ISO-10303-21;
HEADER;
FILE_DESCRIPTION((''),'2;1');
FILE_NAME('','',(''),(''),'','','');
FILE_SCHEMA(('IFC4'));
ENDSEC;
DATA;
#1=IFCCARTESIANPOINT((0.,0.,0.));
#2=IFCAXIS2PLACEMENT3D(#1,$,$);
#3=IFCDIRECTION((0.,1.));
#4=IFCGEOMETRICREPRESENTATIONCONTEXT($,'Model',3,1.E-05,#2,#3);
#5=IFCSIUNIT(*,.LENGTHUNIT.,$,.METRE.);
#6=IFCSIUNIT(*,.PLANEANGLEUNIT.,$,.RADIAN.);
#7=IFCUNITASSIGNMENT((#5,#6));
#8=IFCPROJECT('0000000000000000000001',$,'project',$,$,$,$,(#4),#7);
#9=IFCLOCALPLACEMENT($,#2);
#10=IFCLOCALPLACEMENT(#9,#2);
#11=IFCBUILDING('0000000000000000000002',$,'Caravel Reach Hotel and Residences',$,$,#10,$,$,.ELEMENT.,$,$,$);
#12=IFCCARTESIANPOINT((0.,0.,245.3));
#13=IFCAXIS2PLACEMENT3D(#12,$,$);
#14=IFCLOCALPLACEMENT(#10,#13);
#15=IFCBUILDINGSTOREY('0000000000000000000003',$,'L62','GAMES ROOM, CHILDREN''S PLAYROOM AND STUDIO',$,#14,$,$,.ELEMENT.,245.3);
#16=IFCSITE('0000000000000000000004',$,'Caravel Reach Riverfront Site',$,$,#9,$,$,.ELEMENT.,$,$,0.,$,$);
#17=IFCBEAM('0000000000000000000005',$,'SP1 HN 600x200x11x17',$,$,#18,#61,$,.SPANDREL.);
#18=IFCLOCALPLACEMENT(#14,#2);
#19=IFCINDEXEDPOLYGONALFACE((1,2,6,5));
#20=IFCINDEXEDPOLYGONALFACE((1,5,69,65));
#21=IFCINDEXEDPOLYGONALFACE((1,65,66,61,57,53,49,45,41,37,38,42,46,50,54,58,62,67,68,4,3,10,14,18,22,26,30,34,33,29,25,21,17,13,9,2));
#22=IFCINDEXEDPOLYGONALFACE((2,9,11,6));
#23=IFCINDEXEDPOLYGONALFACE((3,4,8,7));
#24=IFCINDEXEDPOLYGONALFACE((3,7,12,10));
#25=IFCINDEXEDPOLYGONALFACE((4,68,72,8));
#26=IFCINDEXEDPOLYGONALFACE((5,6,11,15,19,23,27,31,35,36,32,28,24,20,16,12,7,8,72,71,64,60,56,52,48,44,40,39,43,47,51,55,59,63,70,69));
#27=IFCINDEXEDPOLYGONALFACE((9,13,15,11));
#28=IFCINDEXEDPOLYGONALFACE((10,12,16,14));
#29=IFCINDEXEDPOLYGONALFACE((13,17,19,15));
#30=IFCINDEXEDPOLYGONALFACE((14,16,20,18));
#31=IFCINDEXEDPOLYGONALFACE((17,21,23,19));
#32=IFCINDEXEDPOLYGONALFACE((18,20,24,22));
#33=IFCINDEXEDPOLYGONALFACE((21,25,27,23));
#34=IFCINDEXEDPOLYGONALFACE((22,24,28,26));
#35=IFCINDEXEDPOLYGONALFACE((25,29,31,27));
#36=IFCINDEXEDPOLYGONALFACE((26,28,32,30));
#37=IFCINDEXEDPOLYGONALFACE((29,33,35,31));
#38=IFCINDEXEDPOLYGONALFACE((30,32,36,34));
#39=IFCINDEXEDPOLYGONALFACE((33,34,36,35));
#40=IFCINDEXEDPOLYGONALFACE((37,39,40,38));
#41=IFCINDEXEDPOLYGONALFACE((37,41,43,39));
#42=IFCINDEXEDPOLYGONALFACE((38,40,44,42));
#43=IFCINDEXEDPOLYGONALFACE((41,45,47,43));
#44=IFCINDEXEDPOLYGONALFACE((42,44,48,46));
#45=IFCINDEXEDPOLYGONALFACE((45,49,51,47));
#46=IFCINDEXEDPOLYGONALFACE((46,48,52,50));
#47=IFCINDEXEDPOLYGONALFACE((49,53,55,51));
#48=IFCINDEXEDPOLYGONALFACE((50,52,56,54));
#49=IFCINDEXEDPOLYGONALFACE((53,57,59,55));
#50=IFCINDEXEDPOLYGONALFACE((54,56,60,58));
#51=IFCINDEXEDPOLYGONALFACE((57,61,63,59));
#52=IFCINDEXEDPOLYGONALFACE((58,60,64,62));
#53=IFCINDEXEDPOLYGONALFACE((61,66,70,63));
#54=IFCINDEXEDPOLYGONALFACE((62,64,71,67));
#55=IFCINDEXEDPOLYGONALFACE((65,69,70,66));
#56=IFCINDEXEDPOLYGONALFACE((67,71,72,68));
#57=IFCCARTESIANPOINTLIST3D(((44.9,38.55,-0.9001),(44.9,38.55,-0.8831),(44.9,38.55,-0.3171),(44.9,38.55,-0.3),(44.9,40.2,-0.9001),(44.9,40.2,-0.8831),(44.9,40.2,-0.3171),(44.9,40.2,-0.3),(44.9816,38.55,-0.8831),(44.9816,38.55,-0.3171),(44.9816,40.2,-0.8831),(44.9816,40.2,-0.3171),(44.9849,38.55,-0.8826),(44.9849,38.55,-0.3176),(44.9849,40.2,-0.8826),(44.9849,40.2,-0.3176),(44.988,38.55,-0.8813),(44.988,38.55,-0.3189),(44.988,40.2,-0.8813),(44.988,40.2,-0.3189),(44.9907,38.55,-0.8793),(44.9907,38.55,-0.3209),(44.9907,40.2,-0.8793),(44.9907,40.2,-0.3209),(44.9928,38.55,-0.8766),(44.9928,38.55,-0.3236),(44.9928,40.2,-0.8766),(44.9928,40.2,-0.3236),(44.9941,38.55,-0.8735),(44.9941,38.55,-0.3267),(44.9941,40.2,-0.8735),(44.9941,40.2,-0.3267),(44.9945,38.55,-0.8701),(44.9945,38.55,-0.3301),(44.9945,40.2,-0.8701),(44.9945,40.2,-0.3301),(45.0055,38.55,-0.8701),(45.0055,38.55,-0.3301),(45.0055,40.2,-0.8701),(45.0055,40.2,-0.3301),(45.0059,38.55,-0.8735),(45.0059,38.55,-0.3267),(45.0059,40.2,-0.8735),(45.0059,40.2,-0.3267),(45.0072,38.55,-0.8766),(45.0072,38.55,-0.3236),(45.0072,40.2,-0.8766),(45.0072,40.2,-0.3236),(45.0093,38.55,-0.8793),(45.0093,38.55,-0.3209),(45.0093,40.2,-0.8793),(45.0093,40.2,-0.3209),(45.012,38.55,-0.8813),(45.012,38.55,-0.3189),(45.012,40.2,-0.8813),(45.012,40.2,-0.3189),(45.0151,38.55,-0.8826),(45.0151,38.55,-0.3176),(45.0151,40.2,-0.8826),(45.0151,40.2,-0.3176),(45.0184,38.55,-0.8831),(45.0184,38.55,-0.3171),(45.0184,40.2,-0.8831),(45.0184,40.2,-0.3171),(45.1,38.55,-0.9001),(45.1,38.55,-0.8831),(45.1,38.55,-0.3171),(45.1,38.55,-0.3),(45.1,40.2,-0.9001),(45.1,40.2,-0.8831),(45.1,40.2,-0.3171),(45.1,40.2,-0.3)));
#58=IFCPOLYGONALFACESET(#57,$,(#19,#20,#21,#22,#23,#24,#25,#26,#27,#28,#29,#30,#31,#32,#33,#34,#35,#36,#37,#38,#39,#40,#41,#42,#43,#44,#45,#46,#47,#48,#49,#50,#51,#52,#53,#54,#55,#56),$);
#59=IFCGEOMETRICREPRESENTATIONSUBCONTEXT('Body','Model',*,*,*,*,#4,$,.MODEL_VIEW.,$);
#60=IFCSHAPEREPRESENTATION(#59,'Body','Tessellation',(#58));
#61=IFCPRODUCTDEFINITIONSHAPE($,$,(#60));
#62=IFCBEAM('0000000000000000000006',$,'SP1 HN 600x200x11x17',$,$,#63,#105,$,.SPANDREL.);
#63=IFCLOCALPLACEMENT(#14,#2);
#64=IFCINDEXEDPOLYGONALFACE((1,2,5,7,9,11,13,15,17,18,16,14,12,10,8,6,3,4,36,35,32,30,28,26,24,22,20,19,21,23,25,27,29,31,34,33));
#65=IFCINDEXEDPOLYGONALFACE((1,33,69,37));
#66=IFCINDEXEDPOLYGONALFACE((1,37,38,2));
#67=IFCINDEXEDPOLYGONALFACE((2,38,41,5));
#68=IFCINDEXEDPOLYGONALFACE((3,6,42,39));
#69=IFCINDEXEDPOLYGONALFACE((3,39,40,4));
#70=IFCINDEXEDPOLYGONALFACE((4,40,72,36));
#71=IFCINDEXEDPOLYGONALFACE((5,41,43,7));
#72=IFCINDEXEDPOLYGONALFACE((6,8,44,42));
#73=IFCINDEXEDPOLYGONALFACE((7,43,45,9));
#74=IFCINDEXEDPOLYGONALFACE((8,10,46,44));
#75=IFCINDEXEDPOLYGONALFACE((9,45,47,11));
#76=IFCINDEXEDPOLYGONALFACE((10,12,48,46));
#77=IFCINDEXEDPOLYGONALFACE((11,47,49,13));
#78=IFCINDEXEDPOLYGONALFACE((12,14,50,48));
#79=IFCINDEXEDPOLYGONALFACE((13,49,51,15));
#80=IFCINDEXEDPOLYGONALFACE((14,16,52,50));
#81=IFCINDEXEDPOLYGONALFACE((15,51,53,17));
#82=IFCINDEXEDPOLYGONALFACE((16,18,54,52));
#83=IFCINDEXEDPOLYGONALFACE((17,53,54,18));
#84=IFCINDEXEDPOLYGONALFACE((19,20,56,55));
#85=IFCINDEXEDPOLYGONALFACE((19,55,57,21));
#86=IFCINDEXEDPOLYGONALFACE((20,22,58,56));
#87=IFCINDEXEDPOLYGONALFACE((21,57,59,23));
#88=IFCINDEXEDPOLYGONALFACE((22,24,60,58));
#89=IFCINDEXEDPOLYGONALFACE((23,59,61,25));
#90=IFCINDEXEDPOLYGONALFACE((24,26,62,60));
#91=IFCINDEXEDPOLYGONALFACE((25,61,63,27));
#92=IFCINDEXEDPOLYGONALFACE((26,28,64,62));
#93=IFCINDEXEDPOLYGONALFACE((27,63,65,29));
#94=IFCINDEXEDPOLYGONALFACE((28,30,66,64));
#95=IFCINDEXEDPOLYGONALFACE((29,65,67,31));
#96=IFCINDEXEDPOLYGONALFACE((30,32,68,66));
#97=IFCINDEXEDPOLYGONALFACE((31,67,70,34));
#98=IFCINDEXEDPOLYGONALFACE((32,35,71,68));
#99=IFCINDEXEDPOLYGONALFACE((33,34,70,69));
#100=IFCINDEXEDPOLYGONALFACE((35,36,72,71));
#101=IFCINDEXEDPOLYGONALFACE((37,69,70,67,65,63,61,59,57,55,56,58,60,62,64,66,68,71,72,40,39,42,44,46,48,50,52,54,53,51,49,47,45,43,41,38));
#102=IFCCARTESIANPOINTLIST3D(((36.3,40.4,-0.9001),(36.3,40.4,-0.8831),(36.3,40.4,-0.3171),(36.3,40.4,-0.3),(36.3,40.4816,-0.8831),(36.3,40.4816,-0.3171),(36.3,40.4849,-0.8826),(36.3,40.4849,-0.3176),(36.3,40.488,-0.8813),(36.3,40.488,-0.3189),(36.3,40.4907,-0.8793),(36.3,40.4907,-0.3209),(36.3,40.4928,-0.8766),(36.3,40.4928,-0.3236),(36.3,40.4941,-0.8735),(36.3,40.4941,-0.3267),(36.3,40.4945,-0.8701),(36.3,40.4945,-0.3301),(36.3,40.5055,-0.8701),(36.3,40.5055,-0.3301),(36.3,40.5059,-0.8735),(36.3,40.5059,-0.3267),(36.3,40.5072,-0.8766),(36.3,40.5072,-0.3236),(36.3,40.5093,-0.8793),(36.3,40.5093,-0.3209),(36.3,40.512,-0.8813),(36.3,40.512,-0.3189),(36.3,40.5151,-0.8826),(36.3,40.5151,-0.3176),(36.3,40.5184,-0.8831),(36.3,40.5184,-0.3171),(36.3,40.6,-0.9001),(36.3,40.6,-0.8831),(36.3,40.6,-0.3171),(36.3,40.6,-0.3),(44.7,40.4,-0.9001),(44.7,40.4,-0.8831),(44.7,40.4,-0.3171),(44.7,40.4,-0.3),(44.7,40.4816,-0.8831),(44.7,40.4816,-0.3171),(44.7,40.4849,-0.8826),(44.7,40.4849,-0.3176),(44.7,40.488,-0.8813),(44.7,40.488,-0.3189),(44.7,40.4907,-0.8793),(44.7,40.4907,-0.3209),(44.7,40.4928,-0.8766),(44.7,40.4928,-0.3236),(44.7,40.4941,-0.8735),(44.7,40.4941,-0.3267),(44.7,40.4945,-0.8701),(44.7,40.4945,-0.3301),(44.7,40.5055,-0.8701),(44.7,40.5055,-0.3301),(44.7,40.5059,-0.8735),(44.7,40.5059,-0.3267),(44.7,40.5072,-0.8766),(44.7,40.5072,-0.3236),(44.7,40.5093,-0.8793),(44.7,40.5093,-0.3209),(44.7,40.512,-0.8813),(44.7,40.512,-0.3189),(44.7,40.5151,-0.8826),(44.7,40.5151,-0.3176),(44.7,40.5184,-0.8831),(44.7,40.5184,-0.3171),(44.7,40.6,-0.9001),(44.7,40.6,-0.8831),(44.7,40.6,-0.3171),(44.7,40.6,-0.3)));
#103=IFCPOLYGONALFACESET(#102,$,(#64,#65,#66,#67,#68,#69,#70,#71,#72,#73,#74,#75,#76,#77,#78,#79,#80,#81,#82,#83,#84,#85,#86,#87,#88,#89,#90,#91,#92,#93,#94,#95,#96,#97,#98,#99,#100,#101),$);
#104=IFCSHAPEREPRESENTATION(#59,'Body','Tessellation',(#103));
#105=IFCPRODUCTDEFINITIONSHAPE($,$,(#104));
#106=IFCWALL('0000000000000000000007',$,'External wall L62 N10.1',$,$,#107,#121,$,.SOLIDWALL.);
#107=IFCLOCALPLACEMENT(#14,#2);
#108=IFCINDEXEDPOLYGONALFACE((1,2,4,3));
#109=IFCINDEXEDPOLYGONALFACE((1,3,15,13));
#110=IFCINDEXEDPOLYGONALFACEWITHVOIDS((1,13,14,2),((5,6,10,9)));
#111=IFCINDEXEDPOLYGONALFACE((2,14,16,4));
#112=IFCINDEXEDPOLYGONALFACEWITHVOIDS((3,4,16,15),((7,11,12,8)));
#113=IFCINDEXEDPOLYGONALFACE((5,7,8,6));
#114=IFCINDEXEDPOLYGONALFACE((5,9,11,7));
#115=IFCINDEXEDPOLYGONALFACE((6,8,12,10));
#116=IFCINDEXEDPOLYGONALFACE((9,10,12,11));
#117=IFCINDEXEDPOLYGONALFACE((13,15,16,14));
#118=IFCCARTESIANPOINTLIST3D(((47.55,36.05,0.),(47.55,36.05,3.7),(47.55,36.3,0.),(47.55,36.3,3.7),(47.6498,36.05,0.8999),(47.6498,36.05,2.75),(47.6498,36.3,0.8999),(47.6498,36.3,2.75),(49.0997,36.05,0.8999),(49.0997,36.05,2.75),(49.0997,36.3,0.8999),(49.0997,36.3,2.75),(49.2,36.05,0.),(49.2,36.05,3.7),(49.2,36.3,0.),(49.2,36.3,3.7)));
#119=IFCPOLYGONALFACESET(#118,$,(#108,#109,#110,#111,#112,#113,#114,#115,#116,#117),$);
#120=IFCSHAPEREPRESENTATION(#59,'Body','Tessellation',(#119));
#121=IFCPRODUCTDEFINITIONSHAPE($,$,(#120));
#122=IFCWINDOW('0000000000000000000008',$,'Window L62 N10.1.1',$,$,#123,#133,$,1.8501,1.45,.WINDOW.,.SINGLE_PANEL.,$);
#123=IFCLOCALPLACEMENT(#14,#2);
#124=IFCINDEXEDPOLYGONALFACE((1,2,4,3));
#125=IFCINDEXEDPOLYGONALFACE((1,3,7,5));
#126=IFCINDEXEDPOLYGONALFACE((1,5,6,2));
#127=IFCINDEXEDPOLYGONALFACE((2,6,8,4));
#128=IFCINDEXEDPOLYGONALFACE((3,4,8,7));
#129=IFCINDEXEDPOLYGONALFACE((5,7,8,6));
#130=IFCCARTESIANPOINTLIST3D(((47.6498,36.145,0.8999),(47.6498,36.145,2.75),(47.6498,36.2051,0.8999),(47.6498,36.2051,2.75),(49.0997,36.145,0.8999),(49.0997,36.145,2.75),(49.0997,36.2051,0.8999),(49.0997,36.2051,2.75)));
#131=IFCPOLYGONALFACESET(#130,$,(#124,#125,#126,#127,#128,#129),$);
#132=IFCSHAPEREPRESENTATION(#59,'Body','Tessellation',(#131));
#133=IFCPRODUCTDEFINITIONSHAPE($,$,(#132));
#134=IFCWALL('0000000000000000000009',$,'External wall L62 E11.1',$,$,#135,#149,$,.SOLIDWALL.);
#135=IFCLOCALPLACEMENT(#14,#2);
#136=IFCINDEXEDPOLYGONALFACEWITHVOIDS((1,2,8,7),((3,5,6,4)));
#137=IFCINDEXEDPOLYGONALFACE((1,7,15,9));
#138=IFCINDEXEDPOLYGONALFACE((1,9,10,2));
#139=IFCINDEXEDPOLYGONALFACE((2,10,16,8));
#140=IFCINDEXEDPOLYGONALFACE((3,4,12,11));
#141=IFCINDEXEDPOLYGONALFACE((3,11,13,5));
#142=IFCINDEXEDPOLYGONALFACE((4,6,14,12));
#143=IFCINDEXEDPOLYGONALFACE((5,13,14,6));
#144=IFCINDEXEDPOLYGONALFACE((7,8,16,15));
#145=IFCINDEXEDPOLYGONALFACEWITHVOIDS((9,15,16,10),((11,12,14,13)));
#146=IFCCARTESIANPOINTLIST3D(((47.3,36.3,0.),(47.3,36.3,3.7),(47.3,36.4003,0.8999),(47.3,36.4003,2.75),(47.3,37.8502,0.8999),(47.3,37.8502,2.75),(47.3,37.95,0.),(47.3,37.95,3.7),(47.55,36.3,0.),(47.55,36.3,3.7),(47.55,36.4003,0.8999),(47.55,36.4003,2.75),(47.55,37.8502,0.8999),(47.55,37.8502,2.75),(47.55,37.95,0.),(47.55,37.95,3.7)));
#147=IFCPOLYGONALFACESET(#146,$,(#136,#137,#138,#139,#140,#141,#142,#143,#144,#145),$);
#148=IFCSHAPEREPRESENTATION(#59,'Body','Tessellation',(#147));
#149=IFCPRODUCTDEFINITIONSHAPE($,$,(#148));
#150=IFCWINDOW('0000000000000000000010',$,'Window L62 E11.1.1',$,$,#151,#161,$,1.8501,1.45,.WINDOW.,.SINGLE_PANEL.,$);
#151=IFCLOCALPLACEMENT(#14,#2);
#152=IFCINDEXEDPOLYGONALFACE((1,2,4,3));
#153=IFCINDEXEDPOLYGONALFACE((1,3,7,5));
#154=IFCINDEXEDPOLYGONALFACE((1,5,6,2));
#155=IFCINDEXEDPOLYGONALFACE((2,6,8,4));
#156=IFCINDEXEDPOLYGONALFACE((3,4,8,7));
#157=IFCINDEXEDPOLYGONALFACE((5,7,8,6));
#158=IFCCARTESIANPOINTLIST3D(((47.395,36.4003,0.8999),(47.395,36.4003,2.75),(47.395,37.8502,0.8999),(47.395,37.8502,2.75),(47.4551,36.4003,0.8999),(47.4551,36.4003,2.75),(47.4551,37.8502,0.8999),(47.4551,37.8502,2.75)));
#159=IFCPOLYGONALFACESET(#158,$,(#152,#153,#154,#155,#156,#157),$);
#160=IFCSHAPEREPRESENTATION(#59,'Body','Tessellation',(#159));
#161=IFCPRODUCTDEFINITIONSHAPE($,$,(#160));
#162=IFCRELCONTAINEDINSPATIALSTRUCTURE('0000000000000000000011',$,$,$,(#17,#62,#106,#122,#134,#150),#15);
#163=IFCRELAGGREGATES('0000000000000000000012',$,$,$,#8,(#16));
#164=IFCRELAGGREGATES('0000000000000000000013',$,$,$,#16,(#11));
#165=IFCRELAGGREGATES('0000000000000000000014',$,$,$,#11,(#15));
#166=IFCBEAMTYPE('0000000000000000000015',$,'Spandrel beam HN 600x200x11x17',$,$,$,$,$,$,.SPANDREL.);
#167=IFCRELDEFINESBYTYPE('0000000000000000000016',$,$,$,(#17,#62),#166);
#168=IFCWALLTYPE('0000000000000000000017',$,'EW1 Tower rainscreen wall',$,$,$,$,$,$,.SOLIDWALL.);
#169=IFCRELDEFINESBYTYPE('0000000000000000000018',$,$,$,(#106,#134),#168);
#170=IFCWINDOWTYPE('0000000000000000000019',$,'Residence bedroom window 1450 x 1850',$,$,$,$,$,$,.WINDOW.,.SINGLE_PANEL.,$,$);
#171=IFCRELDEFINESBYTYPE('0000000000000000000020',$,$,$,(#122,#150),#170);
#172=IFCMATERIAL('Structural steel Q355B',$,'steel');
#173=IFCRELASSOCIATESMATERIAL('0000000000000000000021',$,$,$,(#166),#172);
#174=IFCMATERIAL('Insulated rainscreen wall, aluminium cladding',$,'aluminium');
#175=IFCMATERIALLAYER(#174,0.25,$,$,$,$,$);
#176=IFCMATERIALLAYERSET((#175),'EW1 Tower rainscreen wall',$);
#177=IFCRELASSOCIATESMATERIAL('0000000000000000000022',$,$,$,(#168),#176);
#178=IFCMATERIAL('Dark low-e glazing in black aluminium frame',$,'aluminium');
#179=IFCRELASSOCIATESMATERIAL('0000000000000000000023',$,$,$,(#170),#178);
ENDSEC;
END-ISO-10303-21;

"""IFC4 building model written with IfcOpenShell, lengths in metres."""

from ifc_helpers import new_model, si_unit, direction, frame, frame_2d, origin, origin_2d, place, context, subcontext, project, spatial, rectangle, i_section, extrude, material, layer, layer_set, material_profile, profile_set, type_object, element, fill, save


model = new_model("IFC4")

# Units and contexts
model_context = context("Model", 3, precision=1e-05, world=origin(), true_north=direction((0.0, 1.0)))
body_context = subcontext(model_context, "Body", "Model", "MODEL_VIEW")
ifc_project = project(units=[si_unit("LENGTHUNIT", "METRE"), si_unit("PLANEANGLEUNIT", "RADIAN")], contexts=[model_context])

# Site, building, storey
site_placement = place(None, origin())
site = spatial("IfcSite", under=ifc_project, at=site_placement, Name="Caravel Reach Riverfront Site", CompositionType="ELEMENT", RefElevation=0.0)
building_placement = place(site_placement, origin())
building = spatial("IfcBuilding", under=site, at=building_placement, Name="Caravel Reach Hotel and Residences", CompositionType="ELEMENT")
storey_placement = place(building_placement, frame((0.0, 0.0, 245.3)))
storey = spatial("IfcBuildingStorey", under=building, at=storey_placement, Name="L62", Description="GAMES ROOM, CHILDREN'S PLAYROOM AND STUDIO", CompositionType="ELEMENT", Elevation=245.3)

# Beams
ifc_material_1 = material(Name="Structural steel Q355B", Category="steel")
ifc_material_profile_1 = material_profile(ifc_material_1, i_section(OverallWidth=0.2, OverallDepth=0.6001, WebThickness=0.011, FlangeThickness=0.0171, FilletRadius=0.0129, at=origin_2d()), Name="HN 600x200x11x17")
ifc_profile_set_1 = profile_set([ifc_material_profile_1], Name="Structural steel Q355B")
beam_type = type_object("IfcBeamType", Name="Spandrel beam HN 600x200x11x17", PredefinedType="SPANDREL", material=ifc_profile_set_1)
for number, where, z_axis, x_axis, name in (
    (1, (45.0, 38.55, -0.6001), (0.0, 1.0, 0.0), (-1.0, 0.0, 0.0), "SP1 HN 600x200x11x17"),
):
    element("IfcBeam", number, at=place(storey_placement, frame(where, z_axis=z_axis, x_axis=x_axis)), inside=storey, type_object=beam_type, Name=name, PredefinedType="SPANDREL", context=body_context, shape_type="SweptSolid", body=[
        extrude(i_section(OverallWidth=0.2, OverallDepth=0.6001, WebThickness=0.011, FlangeThickness=0.0171, FilletRadius=0.0129, at=origin_2d()), origin(), (0.0, 0.0, 1.0), 1.6499),
    ])
beam_placement = place(storey_placement, frame((44.7, 40.5, -0.6001), z_axis=(-1.0, 0.0, 0.0), x_axis=(0.0, -1.0, 0.0)))
element("IfcBeam", 2, at=beam_placement, inside=storey, type_object=beam_type, Name="SP1 HN 600x200x11x17", PredefinedType="SPANDREL", context=body_context, shape_type="SweptSolid", body=[
    extrude(i_section(OverallWidth=0.2, OverallDepth=0.6001, WebThickness=0.011, FlangeThickness=0.0171, FilletRadius=0.0129, at=origin_2d()), origin(), (0.0, 0.0, 1.0), 8.3999),
])

# Walls, openings, windows
ifc_material_2 = material(Name="Insulated rainscreen wall, aluminium cladding", Category="aluminium")
ifc_layer = layer(ifc_material_2, 0.25)
ifc_layer_set = layer_set([ifc_layer], Name="EW1 Tower rainscreen wall")
wall_type = type_object("IfcWallType", Name="EW1 Tower rainscreen wall", PredefinedType="SOLIDWALL", material=ifc_layer_set)
wall_1_placement = place(storey_placement, frame((49.2, 36.175, 0.0), z_axis=(0.0, 0.0, 1.0), x_axis=(-1.0, 0.0, 0.0)))
wall_1 = element("IfcWall", 3, at=wall_1_placement, inside=storey, type_object=wall_type, Name="External wall L62 N10.1", PredefinedType="SOLIDWALL", context=body_context, shape_type="SweptSolid", body=[
    extrude(rectangle(XDim=1.6499, YDim=0.25, at=frame_2d((0.825, 0.0))), origin(), (0.0, 0.0, 1.0), 3.7),
])
opening_1_placement = place(wall_1_placement, frame((0.1001, 0.0, 0.8999)))
opening_1 = element("IfcOpeningElement", 4, at=opening_1_placement, cuts=wall_1, PredefinedType="OPENING", context=body_context, shape_type="SweptSolid", body=[
    extrude(rectangle(XDim=1.45, YDim=1.8501, at=frame_2d((0.7251, 0.925))), frame((0.0, 0.135, 0.0), z_axis=(0.0, -1.0, 0.0), x_axis=(1.0, 0.0, 0.0)), (0.0, 0.0, 1.0), 0.27),
])
ifc_material_3 = material(Name="Dark low-e glazing in black aluminium frame", Category="aluminium")
window_type_1 = type_object("IfcWindowType", Name="Residence bedroom window 1450 x 1850", PartitioningType="SINGLE_PANEL", PredefinedType="WINDOW", material=ifc_material_3)
window_1_placement = place(opening_1_placement, origin())
window_1 = element("IfcWindow", 5, at=window_1_placement, inside=storey, type_object=window_type_1, Name="Window L62 N10.1.1", OverallHeight=1.8501, OverallWidth=1.45, PartitioningType="SINGLE_PANEL", PredefinedType="WINDOW", context=body_context, shape_type="SweptSolid", body=[
    extrude(rectangle(XDim=1.45, YDim=1.8501, at=frame_2d((0.7251, 0.925))), frame((0.0, 0.03, 0.0), z_axis=(0.0, -1.0, 0.0), x_axis=(1.0, 0.0, 0.0)), (0.0, 0.0, 1.0), 0.0601),
])
fill(opening_1, window_1)
wall_2_placement = place(storey_placement, frame((47.425, 36.3, 0.0), z_axis=(0.0, 0.0, 1.0), x_axis=(0.0, 1.0, 0.0)))
wall_2 = element("IfcWall", 6, at=wall_2_placement, inside=storey, type_object=wall_type, Name="External wall L62 E11.1", PredefinedType="SOLIDWALL", context=body_context, shape_type="SweptSolid", body=[
    extrude(rectangle(XDim=1.6499, YDim=0.25, at=frame_2d((0.825, 0.0))), origin(), (0.0, 0.0, 1.0), 3.7),
])
opening_2_placement = place(wall_2_placement, frame((0.1001, 0.0, 0.8999)))
opening_2 = element("IfcOpeningElement", 7, at=opening_2_placement, cuts=wall_2, PredefinedType="OPENING", context=body_context, shape_type="SweptSolid", body=[
    extrude(rectangle(XDim=1.45, YDim=1.8501, at=frame_2d((0.7251, 0.925))), frame((0.0, 0.135, 0.0), z_axis=(0.0, -1.0, 0.0), x_axis=(1.0, 0.0, 0.0)), (0.0, 0.0, 1.0), 0.27),
])
window_2_placement = place(opening_2_placement, origin())
window_2 = element("IfcWindow", 8, at=window_2_placement, inside=storey, type_object=window_type_1, Name="Window L62 E11.1.1", OverallHeight=1.8501, OverallWidth=1.45, PartitioningType="SINGLE_PANEL", PredefinedType="WINDOW", context=body_context, shape_type="SweptSolid", body=[
    extrude(rectangle(XDim=1.45, YDim=1.8501, at=frame_2d((0.7251, 0.925))), frame((0.0, 0.03, 0.0), z_axis=(0.0, -1.0, 0.0), x_axis=(1.0, 0.0, 0.0)), (0.0, 0.0, 1.0), 0.0601),
])
fill(opening_2, window_2)

save(model, "model.ifc")
